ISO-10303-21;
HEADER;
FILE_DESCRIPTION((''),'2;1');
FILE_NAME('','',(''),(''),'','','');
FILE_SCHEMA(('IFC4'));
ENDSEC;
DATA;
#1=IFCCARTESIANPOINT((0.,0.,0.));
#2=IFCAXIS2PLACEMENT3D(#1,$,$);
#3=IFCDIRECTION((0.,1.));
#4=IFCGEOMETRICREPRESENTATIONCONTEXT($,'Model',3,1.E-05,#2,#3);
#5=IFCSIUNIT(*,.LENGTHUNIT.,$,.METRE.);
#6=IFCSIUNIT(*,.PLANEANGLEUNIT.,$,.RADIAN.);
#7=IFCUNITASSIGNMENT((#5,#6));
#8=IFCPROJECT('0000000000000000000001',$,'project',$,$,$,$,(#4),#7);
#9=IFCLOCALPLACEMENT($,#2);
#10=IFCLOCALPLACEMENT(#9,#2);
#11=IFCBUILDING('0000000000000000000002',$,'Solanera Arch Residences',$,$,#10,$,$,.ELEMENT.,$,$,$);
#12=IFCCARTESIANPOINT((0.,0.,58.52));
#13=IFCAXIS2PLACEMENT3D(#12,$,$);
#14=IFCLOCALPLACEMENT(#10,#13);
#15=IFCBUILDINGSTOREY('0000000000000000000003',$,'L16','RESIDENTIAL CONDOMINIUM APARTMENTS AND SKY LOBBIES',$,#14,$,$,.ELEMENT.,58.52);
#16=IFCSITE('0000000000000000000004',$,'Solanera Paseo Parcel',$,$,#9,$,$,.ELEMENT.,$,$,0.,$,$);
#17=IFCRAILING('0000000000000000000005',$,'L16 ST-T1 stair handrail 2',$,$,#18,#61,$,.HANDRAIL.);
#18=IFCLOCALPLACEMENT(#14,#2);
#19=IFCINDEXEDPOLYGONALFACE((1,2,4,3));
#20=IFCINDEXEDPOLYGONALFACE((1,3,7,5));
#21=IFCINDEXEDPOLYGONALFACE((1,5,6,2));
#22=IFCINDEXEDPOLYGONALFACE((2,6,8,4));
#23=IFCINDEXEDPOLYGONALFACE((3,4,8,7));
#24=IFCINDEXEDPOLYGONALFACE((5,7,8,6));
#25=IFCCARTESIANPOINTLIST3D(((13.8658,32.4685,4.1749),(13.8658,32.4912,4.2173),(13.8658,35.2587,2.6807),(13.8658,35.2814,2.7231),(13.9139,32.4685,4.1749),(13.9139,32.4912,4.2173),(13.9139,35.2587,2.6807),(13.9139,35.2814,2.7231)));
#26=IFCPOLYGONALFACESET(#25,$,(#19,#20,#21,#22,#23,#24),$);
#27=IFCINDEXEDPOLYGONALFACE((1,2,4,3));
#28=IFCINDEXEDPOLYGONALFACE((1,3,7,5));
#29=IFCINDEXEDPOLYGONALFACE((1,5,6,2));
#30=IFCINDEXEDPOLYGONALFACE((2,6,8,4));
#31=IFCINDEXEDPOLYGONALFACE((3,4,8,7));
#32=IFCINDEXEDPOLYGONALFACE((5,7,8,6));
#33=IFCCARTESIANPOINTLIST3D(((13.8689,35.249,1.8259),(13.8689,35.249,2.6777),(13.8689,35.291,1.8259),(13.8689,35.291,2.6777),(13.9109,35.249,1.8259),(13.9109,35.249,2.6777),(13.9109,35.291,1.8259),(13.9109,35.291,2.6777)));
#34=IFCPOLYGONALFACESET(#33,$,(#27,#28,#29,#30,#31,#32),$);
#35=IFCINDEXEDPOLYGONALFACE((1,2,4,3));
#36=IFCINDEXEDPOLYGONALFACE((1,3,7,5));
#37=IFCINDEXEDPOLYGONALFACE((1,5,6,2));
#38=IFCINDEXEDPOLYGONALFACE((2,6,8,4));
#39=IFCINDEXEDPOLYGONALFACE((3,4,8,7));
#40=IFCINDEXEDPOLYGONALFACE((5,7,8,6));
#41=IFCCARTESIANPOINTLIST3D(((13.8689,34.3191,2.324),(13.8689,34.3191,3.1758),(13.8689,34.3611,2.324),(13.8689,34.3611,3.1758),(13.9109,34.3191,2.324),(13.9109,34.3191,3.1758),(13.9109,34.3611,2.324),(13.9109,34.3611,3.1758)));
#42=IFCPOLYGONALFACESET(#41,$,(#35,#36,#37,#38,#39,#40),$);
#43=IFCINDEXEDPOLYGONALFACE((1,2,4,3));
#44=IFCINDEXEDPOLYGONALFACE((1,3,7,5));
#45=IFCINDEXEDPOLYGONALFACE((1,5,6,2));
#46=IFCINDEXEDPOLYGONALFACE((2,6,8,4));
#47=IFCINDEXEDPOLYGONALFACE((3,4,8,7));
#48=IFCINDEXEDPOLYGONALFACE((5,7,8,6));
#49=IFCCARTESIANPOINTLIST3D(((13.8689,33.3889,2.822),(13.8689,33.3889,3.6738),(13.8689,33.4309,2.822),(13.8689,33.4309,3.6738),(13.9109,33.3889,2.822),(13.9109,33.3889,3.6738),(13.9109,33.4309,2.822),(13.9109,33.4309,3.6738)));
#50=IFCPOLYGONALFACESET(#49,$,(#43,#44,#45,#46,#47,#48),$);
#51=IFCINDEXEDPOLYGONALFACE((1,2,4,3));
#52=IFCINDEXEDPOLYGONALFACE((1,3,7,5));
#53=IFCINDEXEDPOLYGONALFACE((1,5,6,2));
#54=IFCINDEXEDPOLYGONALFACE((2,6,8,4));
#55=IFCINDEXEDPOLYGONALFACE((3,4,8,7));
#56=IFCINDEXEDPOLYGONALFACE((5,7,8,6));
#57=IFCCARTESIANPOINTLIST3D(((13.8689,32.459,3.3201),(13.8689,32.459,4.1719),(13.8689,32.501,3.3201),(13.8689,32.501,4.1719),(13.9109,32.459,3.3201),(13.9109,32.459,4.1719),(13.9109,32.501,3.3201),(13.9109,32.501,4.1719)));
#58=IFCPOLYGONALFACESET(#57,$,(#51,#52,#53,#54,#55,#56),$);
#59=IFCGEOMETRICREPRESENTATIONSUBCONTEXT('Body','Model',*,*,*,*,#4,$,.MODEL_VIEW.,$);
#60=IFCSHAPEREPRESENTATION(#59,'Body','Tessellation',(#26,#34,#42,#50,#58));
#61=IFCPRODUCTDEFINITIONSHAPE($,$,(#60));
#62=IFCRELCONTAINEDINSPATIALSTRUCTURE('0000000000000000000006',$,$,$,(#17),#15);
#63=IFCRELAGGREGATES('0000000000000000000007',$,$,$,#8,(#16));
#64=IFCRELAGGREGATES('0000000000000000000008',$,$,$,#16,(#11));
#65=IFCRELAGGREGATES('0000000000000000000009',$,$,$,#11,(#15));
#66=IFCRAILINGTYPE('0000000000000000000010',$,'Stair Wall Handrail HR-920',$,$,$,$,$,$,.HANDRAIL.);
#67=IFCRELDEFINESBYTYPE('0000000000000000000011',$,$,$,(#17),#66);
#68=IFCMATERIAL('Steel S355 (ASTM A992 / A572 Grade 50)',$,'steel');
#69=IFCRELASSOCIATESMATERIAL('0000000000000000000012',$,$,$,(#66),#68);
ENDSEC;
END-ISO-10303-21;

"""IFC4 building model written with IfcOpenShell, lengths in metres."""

from ifc_helpers import new_model, si_unit, direction, frame, origin, origin_2d, place, context, subcontext, project, spatial, rectangle, extrude, material, type_object, element, save


model = new_model("IFC4")

# Units and contexts
model_context = context("Model", 3, precision=1e-05, world=origin(), true_north=direction((0.0, 1.0)))
body_context = subcontext(model_context, "Body", "Model", "MODEL_VIEW")
ifc_project = project(units=[si_unit("LENGTHUNIT", "METRE"), si_unit("PLANEANGLEUNIT", "RADIAN")], contexts=[model_context])

# Site, building, storey
site_placement = place(None, origin())
site = spatial("IfcSite", under=ifc_project, at=site_placement, Name="Solanera Paseo Parcel", CompositionType="ELEMENT", RefElevation=0.0)
building_placement = place(site_placement, origin())
building = spatial("IfcBuilding", under=site, at=building_placement, Name="Solanera Arch Residences", CompositionType="ELEMENT")
storey_placement = place(building_placement, frame((0.0, 0.0, 58.52)))
storey = spatial("IfcBuildingStorey", under=building, at=storey_placement, Name="L16", Description="RESIDENTIAL CONDOMINIUM APARTMENTS AND SKY LOBBIES", CompositionType="ELEMENT", Elevation=58.52)

# Railing
ifc_material_1 = material(Name="Steel S355 (ASTM A992 / A572 Grade 50)", Category="steel")
railing_type_1 = type_object("IfcRailingType", Name="Stair Wall Handrail HR-920", PredefinedType="HANDRAIL", material=ifc_material_1)
railing_1_placement = place(storey_placement, frame((13.8899, 35.27, 1.8259)))
element("IfcRailing", 1, at=railing_1_placement, inside=storey, type_object=railing_type_1, Name="L16 ST-T1 stair handrail 2", PredefinedType="HANDRAIL", context=body_context, shape_type="SweptSolid", body=[
    extrude(rectangle(XDim=0.0481, YDim=0.0481, at=origin_2d()), frame((0.0, 0.0, 0.876), z_axis=(0.0, -0.881549, 0.472093), x_axis=(1.0, 0.0, 0.0)), (0.0, 0.0, 1.0), 3.165),
    extrude(rectangle(XDim=0.042, YDim=0.042, at=origin_2d()), origin(), (0.0, 0.0, 1.0), 0.8518),
    extrude(rectangle(XDim=0.042, YDim=0.042, at=origin_2d()), frame((0.0, -0.9299, 0.498)), (0.0, 0.0, 1.0), 0.8518),
    extrude(rectangle(XDim=0.042, YDim=0.042, at=origin_2d()), frame((0.0, -1.8601, 0.9961)), (0.0, 0.0, 1.0), 0.8518),
    extrude(rectangle(XDim=0.042, YDim=0.042, at=origin_2d()), frame((0.0, -2.79, 1.4941)), (0.0, 0.0, 1.0), 0.8518),
])

save(model, "model.ifc")
